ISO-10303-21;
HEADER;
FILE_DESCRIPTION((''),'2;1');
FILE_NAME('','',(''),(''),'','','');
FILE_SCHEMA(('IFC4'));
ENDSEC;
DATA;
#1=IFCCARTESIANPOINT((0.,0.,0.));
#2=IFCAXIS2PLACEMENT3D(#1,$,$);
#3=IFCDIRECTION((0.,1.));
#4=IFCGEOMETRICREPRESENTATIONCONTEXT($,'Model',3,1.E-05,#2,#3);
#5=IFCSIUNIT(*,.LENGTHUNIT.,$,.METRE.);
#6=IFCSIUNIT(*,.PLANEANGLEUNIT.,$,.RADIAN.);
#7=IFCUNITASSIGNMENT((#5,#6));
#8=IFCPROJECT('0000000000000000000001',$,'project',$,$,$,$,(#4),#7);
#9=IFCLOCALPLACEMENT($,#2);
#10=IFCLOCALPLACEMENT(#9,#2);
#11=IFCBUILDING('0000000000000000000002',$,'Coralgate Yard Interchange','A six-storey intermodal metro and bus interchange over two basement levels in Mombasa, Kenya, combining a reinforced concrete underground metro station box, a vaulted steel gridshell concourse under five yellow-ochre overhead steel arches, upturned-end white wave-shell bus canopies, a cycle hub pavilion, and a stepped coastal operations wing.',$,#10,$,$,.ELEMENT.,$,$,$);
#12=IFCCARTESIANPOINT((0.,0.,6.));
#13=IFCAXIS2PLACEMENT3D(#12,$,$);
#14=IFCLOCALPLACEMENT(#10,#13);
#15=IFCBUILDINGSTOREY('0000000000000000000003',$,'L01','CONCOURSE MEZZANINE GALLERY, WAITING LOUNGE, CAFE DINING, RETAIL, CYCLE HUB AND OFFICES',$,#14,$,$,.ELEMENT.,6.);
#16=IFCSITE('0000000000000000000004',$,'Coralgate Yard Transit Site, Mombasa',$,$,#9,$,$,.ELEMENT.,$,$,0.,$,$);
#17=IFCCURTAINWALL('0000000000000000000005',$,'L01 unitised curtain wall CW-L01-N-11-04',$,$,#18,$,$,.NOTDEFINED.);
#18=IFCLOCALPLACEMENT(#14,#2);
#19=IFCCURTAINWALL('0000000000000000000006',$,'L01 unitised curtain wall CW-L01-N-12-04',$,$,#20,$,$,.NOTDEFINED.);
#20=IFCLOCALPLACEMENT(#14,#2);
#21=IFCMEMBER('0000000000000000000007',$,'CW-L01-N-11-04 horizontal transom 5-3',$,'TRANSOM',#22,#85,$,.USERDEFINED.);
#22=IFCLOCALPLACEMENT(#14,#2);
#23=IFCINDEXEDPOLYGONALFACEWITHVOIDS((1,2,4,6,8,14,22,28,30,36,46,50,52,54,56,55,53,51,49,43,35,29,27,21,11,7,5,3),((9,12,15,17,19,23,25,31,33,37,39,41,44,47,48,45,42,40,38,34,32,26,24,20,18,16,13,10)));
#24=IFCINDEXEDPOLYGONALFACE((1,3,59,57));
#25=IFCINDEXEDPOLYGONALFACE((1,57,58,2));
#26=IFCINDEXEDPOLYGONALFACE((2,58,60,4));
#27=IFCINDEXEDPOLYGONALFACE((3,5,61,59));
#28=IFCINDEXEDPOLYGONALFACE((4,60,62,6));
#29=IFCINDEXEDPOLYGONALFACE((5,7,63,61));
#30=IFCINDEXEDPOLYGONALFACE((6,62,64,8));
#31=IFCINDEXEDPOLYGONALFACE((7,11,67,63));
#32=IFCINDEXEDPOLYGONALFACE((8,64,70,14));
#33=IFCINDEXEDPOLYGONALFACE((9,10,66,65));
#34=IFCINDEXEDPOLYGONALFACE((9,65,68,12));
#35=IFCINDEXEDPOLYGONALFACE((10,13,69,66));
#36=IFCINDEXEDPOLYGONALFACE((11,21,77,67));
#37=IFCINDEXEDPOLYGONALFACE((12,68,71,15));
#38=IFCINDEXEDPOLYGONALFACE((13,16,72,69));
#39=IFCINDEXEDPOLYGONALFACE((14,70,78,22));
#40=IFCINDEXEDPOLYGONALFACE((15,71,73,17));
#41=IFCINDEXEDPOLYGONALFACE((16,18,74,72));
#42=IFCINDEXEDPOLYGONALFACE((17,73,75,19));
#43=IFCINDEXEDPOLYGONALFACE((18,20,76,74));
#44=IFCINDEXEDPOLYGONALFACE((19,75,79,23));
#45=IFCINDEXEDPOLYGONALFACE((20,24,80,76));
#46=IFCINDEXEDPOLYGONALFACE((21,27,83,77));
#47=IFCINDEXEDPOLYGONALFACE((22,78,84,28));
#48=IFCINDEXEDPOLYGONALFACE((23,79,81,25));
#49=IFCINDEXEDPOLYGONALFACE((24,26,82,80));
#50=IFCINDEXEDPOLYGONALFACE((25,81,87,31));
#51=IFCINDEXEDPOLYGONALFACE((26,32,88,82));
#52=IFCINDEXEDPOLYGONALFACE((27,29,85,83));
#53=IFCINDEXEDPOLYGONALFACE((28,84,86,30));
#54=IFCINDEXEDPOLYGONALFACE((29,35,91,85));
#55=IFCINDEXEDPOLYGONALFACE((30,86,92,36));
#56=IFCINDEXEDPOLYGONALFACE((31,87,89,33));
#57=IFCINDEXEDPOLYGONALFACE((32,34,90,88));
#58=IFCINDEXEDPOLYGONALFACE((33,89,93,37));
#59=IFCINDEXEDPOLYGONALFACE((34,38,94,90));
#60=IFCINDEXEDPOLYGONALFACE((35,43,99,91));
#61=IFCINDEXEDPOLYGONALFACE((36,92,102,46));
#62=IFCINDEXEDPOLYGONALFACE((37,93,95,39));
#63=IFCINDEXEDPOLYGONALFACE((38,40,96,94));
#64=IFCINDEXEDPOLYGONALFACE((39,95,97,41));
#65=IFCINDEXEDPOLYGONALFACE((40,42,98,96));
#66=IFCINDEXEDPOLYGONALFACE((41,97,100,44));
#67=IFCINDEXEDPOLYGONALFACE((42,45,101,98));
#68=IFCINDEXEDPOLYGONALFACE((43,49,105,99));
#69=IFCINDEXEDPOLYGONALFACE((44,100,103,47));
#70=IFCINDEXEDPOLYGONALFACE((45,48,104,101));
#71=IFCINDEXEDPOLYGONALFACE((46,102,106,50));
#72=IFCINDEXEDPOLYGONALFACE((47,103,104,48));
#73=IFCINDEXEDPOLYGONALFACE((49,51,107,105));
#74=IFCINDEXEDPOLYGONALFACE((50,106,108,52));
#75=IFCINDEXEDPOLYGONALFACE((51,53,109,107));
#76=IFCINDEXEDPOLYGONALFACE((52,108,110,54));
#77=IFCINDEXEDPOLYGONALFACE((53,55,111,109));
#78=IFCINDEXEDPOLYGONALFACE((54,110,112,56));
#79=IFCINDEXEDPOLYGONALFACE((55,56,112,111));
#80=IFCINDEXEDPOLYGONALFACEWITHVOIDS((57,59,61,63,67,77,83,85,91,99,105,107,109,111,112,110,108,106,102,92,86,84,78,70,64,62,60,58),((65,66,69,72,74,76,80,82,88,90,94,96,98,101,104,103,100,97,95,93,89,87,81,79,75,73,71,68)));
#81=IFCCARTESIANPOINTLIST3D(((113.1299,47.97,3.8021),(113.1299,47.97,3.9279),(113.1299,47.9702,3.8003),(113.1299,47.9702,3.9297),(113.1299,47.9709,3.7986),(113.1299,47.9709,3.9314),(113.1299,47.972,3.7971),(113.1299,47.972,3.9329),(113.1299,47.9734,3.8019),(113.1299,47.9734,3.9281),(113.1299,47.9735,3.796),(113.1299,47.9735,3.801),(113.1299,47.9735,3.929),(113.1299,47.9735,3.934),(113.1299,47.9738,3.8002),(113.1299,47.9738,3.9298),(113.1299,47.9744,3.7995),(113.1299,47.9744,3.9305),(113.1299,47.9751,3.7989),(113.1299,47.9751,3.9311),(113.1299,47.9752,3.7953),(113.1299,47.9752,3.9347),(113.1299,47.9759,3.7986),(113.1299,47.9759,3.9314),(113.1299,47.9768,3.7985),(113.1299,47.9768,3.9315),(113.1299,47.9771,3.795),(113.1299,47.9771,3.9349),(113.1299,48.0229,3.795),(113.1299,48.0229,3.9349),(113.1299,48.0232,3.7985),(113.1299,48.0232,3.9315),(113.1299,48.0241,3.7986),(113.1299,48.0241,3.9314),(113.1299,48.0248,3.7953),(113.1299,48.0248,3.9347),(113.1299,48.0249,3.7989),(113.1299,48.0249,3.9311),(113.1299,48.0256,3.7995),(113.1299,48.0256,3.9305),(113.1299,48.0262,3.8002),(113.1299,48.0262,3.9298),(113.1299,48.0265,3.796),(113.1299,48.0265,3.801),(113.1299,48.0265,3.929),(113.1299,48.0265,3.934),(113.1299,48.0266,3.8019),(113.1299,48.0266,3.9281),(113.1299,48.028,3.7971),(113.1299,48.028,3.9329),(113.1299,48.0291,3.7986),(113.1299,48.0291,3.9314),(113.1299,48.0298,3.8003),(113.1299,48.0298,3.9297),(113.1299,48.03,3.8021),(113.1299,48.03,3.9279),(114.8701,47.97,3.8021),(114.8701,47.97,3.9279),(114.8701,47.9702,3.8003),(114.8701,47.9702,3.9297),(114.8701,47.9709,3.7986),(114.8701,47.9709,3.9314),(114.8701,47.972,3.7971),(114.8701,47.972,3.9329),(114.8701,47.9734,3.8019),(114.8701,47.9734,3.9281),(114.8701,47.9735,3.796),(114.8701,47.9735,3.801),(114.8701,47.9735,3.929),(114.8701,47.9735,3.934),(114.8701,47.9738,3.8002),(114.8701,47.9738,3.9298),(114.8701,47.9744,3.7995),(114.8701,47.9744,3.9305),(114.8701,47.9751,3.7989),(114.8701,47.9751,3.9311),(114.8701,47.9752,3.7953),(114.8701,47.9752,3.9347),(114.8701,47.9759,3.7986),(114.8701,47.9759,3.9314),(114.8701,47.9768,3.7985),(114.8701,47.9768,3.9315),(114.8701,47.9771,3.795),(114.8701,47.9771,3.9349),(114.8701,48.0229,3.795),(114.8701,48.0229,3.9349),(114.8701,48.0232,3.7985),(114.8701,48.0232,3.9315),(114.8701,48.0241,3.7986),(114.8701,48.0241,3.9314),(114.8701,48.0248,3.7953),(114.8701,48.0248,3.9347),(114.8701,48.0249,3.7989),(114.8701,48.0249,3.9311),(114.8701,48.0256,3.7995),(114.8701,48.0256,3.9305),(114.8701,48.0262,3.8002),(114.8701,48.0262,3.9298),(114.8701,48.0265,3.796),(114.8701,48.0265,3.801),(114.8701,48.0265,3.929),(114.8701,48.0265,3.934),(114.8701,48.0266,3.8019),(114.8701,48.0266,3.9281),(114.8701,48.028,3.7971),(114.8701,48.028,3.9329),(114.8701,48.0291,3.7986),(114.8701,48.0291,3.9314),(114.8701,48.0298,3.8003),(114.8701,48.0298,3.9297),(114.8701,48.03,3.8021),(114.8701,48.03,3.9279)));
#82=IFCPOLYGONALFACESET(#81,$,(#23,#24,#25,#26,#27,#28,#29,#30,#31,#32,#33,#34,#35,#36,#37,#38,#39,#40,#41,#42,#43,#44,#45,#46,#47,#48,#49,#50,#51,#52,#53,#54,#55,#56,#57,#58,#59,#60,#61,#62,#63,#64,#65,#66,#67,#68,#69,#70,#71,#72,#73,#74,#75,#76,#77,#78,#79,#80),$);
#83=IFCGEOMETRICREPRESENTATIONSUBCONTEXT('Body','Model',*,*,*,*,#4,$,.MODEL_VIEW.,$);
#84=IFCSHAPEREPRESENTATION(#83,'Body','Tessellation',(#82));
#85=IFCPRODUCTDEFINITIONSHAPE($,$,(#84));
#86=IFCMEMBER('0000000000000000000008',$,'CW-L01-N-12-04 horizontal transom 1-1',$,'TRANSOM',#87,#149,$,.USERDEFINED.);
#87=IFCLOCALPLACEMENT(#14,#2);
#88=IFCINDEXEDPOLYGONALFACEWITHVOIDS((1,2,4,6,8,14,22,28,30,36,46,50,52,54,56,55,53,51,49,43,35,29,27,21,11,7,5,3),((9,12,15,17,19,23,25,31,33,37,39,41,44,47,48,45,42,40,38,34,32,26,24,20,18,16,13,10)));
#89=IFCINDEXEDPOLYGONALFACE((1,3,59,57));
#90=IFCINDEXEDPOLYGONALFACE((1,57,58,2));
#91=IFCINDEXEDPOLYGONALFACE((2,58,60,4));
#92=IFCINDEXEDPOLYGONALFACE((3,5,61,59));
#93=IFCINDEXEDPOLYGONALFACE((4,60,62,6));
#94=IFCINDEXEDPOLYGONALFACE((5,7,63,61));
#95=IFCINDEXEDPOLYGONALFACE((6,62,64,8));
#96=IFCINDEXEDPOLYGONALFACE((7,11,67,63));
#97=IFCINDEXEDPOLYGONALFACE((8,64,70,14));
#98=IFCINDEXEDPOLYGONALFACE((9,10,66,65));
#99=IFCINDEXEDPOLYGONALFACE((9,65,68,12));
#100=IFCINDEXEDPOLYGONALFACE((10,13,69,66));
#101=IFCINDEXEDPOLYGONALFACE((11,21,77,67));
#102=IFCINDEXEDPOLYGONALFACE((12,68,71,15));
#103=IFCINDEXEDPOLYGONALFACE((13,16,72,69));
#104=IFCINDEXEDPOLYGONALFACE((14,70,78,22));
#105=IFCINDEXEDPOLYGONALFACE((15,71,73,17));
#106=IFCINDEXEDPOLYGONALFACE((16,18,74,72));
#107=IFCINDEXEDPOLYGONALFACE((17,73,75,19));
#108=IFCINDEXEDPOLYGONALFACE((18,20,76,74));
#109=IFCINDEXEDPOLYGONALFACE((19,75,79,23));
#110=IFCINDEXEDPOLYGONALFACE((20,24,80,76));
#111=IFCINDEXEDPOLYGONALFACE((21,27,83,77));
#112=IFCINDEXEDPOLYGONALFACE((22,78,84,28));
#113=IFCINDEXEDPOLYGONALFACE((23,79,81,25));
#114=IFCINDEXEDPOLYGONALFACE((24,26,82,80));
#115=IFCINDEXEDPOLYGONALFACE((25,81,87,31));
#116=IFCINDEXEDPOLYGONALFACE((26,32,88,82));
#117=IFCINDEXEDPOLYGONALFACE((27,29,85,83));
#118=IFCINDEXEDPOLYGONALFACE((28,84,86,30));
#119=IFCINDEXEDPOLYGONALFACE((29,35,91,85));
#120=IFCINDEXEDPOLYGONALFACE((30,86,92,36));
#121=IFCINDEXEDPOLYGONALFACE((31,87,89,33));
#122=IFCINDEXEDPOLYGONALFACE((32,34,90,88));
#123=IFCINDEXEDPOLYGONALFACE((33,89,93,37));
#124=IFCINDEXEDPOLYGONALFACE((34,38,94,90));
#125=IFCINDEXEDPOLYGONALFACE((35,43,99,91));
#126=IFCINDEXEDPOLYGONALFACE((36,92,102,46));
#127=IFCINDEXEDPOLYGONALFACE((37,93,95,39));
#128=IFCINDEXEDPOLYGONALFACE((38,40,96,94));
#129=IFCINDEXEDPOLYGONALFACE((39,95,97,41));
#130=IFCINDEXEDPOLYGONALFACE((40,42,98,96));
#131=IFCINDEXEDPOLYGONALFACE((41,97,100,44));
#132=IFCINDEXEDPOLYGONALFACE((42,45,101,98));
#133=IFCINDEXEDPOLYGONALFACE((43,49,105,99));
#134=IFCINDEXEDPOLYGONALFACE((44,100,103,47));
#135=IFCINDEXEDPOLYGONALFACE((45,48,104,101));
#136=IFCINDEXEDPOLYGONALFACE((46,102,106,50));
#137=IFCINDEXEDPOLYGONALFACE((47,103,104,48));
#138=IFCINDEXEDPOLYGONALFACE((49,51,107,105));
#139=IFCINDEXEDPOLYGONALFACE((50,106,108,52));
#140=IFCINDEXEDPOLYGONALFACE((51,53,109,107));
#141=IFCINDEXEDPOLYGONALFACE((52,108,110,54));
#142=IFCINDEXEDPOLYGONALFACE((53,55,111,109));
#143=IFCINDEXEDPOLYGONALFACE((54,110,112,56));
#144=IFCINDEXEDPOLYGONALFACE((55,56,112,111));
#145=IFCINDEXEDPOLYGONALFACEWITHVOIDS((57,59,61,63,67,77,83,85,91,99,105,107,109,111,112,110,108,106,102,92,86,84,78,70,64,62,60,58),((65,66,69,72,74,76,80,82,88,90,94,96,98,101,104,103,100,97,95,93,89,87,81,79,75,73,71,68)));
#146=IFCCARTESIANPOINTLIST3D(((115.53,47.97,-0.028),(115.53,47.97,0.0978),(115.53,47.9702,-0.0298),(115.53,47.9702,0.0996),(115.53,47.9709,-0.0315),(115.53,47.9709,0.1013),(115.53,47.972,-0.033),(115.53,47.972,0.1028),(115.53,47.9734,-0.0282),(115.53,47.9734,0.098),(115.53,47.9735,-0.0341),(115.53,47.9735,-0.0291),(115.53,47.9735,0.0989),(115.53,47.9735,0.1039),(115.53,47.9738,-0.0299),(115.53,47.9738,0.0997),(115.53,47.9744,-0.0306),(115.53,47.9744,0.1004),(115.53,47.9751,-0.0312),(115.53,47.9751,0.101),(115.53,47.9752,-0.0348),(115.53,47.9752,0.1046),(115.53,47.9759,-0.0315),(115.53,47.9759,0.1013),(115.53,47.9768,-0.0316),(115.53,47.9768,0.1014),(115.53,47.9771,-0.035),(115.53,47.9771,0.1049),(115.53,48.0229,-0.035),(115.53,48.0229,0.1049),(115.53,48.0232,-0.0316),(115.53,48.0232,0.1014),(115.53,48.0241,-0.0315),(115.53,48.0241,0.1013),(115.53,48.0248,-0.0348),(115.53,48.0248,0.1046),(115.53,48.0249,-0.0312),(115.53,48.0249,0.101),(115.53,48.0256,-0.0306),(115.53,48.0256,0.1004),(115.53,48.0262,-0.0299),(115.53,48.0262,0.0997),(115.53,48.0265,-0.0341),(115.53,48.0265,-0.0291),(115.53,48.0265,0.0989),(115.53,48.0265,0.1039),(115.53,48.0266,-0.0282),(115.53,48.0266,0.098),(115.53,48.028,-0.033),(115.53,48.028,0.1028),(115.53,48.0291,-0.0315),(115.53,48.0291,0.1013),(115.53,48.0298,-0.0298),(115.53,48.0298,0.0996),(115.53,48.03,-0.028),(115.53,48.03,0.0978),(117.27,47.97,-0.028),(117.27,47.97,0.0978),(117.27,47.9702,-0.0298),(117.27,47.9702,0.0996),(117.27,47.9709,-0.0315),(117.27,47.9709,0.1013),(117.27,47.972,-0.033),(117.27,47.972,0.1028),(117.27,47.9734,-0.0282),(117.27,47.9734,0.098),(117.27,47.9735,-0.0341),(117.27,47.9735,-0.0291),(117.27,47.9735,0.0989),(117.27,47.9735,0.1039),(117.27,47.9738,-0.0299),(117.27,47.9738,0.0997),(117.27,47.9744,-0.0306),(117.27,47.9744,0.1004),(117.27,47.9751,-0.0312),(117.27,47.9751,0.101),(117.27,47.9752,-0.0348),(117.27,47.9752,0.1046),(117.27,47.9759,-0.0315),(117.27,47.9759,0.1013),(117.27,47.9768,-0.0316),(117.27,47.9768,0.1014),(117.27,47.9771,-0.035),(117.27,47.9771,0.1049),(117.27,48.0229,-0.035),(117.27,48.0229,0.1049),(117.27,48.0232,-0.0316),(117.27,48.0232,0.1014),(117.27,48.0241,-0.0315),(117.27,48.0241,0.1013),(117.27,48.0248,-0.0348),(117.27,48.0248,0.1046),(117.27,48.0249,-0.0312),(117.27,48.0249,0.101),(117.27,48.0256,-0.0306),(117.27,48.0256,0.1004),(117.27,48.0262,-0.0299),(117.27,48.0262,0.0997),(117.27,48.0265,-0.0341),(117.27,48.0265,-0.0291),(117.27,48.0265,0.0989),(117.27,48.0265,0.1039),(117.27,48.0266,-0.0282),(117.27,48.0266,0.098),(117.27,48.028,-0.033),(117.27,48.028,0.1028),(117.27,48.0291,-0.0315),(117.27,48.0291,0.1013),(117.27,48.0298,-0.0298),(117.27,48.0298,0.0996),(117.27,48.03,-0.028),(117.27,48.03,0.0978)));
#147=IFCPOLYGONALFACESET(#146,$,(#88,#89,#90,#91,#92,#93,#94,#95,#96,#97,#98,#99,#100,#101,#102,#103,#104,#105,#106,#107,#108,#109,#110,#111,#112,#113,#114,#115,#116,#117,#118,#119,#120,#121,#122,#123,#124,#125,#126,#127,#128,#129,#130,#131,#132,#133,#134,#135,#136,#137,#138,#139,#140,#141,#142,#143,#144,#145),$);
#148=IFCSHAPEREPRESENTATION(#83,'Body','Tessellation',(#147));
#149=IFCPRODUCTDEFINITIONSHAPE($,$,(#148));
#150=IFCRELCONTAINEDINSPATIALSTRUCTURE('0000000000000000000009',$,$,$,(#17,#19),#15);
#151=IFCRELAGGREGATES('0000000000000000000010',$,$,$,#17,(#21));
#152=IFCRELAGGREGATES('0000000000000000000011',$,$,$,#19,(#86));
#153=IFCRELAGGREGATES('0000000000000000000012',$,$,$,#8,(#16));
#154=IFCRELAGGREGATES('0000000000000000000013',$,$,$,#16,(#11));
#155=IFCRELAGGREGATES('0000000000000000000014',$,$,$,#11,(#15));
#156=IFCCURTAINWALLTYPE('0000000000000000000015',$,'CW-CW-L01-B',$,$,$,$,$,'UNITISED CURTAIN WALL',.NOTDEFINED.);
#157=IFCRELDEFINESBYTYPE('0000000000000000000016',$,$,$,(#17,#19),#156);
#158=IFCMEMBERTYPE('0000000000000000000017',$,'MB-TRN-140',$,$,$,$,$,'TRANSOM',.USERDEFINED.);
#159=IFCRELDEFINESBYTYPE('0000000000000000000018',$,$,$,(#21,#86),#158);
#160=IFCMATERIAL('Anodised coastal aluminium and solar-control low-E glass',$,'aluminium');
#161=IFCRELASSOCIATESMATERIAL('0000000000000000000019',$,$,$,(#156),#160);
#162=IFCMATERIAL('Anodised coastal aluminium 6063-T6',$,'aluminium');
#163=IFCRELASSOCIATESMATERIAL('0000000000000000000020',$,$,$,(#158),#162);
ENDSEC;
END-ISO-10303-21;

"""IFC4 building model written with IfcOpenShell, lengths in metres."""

from ifc_helpers import new_model, si_unit, direction, frame, origin, origin_2d, place, context, subcontext, project, spatial, hollow_rectangle, extrude, material, material_profile, profile_set, type_object, element, aggregate, save


model = new_model("IFC4")

# Units and contexts
model_context = context("Model", 3, precision=1e-05, world=origin(), true_north=direction((0.0, 1.0)))
body_context = subcontext(model_context, "Body", "Model", "MODEL_VIEW")
ifc_project = project(units=[si_unit("LENGTHUNIT", "METRE"), si_unit("PLANEANGLEUNIT", "RADIAN")], contexts=[model_context])

# Site, building, storey
site_placement = place(None, origin())
site = spatial("IfcSite", under=ifc_project, at=site_placement, Name="Coralgate Yard Transit Site, Mombasa", CompositionType="ELEMENT", RefElevation=0.0)
building_placement = place(site_placement, origin())
building = spatial("IfcBuilding", under=site, at=building_placement, Name="Coralgate Yard Interchange", Description="A six-storey intermodal metro and bus interchange over two basement levels in Mombasa, Kenya, combining a reinforced concrete underground metro station box, a vaulted steel gridshell concourse under five yellow-ochre overhead steel arches, upturned-end white wave-shell bus canopies, a cycle hub pavilion, and a stepped coastal operations wing.", CompositionType="ELEMENT")
storey_placement = place(building_placement, frame((0.0, 0.0, 6.0)))
storey = spatial("IfcBuildingStorey", under=building, at=storey_placement, Name="L01", Description="CONCOURSE MEZZANINE GALLERY, WAITING LOUNGE, CAFE DINING, RETAIL, CYCLE HUB AND OFFICES", CompositionType="ELEMENT", Elevation=6.0)

# Curtain walls
ifc_material_1 = material(Name="Anodised coastal aluminium and solar-control low-E glass", Category="aluminium")
curtain_wall_type = type_object("IfcCurtainWallType", Name="CW-CW-L01-B", ElementType="UNITISED CURTAIN WALL", PredefinedType="NOTDEFINED", material=ifc_material_1)
curtain_wall_1_placement = place(storey_placement, origin())
curtain_wall_1 = element("IfcCurtainWall", 1, at=curtain_wall_1_placement, inside=storey, type_object=curtain_wall_type, Name="L01 unitised curtain wall CW-L01-N-11-04", PredefinedType="NOTDEFINED")
ifc_material_2 = material(Name="Anodised coastal aluminium 6063-T6", Category="aluminium")
curtain_wall_2_placement = place(storey_placement, origin())
curtain_wall_2 = element("IfcCurtainWall", 2, at=curtain_wall_2_placement, inside=storey, type_object=curtain_wall_type, Name="L01 unitised curtain wall CW-L01-N-12-04", PredefinedType="NOTDEFINED")

# Members
ifc_material_profile_1 = material_profile(ifc_material_2, hollow_rectangle(XDim=0.0601, YDim=0.1399, WallThickness=0.0034, InnerFilletRadius=0.0034, OuterFilletRadius=0.0071, at=origin_2d()), Name="ALU 60x140x3.5")
ifc_profile_set_1 = profile_set([ifc_material_profile_1], Name="Anodised coastal aluminium 6063-T6")
member_type_1 = type_object("IfcMemberType", Name="MB-TRN-140", ElementType="TRANSOM", PredefinedType="USERDEFINED", material=ifc_profile_set_1)
member_1_placement = place(storey_placement, frame((113.1299, 48.0, 3.865), z_axis=(1.0, 0.0, 0.0), x_axis=(0.0, 1.0, 0.0)))
member_1 = element("IfcMember", 3, at=member_1_placement, type_object=member_type_1, Name="CW-L01-N-11-04 horizontal transom 5-3", ObjectType="TRANSOM", PredefinedType="USERDEFINED", context=body_context, shape_type="SweptSolid", body=[
    extrude(hollow_rectangle(XDim=0.0601, YDim=0.1399, WallThickness=0.0034, InnerFilletRadius=0.0034, OuterFilletRadius=0.0071, at=origin_2d()), origin(), (0.0, 0.0, 1.0), 1.7402),
])
member_2_placement = place(storey_placement, frame((115.53, 48.0, 0.0349), z_axis=(1.0, 0.0, 0.0), x_axis=(0.0, 1.0, 0.0)))
member_2 = element("IfcMember", 4, at=member_2_placement, type_object=member_type_1, Name="CW-L01-N-12-04 horizontal transom 1-1", ObjectType="TRANSOM", PredefinedType="USERDEFINED", context=body_context, shape_type="SweptSolid", body=[
    extrude(hollow_rectangle(XDim=0.0601, YDim=0.1399, WallThickness=0.0034, InnerFilletRadius=0.0034, OuterFilletRadius=0.0071, at=origin_2d()), origin(), (0.0, 0.0, 1.0), 1.74),
])

aggregate(curtain_wall_1, [member_1])
aggregate(curtain_wall_2, [member_2])

save(model, "model.ifc")
